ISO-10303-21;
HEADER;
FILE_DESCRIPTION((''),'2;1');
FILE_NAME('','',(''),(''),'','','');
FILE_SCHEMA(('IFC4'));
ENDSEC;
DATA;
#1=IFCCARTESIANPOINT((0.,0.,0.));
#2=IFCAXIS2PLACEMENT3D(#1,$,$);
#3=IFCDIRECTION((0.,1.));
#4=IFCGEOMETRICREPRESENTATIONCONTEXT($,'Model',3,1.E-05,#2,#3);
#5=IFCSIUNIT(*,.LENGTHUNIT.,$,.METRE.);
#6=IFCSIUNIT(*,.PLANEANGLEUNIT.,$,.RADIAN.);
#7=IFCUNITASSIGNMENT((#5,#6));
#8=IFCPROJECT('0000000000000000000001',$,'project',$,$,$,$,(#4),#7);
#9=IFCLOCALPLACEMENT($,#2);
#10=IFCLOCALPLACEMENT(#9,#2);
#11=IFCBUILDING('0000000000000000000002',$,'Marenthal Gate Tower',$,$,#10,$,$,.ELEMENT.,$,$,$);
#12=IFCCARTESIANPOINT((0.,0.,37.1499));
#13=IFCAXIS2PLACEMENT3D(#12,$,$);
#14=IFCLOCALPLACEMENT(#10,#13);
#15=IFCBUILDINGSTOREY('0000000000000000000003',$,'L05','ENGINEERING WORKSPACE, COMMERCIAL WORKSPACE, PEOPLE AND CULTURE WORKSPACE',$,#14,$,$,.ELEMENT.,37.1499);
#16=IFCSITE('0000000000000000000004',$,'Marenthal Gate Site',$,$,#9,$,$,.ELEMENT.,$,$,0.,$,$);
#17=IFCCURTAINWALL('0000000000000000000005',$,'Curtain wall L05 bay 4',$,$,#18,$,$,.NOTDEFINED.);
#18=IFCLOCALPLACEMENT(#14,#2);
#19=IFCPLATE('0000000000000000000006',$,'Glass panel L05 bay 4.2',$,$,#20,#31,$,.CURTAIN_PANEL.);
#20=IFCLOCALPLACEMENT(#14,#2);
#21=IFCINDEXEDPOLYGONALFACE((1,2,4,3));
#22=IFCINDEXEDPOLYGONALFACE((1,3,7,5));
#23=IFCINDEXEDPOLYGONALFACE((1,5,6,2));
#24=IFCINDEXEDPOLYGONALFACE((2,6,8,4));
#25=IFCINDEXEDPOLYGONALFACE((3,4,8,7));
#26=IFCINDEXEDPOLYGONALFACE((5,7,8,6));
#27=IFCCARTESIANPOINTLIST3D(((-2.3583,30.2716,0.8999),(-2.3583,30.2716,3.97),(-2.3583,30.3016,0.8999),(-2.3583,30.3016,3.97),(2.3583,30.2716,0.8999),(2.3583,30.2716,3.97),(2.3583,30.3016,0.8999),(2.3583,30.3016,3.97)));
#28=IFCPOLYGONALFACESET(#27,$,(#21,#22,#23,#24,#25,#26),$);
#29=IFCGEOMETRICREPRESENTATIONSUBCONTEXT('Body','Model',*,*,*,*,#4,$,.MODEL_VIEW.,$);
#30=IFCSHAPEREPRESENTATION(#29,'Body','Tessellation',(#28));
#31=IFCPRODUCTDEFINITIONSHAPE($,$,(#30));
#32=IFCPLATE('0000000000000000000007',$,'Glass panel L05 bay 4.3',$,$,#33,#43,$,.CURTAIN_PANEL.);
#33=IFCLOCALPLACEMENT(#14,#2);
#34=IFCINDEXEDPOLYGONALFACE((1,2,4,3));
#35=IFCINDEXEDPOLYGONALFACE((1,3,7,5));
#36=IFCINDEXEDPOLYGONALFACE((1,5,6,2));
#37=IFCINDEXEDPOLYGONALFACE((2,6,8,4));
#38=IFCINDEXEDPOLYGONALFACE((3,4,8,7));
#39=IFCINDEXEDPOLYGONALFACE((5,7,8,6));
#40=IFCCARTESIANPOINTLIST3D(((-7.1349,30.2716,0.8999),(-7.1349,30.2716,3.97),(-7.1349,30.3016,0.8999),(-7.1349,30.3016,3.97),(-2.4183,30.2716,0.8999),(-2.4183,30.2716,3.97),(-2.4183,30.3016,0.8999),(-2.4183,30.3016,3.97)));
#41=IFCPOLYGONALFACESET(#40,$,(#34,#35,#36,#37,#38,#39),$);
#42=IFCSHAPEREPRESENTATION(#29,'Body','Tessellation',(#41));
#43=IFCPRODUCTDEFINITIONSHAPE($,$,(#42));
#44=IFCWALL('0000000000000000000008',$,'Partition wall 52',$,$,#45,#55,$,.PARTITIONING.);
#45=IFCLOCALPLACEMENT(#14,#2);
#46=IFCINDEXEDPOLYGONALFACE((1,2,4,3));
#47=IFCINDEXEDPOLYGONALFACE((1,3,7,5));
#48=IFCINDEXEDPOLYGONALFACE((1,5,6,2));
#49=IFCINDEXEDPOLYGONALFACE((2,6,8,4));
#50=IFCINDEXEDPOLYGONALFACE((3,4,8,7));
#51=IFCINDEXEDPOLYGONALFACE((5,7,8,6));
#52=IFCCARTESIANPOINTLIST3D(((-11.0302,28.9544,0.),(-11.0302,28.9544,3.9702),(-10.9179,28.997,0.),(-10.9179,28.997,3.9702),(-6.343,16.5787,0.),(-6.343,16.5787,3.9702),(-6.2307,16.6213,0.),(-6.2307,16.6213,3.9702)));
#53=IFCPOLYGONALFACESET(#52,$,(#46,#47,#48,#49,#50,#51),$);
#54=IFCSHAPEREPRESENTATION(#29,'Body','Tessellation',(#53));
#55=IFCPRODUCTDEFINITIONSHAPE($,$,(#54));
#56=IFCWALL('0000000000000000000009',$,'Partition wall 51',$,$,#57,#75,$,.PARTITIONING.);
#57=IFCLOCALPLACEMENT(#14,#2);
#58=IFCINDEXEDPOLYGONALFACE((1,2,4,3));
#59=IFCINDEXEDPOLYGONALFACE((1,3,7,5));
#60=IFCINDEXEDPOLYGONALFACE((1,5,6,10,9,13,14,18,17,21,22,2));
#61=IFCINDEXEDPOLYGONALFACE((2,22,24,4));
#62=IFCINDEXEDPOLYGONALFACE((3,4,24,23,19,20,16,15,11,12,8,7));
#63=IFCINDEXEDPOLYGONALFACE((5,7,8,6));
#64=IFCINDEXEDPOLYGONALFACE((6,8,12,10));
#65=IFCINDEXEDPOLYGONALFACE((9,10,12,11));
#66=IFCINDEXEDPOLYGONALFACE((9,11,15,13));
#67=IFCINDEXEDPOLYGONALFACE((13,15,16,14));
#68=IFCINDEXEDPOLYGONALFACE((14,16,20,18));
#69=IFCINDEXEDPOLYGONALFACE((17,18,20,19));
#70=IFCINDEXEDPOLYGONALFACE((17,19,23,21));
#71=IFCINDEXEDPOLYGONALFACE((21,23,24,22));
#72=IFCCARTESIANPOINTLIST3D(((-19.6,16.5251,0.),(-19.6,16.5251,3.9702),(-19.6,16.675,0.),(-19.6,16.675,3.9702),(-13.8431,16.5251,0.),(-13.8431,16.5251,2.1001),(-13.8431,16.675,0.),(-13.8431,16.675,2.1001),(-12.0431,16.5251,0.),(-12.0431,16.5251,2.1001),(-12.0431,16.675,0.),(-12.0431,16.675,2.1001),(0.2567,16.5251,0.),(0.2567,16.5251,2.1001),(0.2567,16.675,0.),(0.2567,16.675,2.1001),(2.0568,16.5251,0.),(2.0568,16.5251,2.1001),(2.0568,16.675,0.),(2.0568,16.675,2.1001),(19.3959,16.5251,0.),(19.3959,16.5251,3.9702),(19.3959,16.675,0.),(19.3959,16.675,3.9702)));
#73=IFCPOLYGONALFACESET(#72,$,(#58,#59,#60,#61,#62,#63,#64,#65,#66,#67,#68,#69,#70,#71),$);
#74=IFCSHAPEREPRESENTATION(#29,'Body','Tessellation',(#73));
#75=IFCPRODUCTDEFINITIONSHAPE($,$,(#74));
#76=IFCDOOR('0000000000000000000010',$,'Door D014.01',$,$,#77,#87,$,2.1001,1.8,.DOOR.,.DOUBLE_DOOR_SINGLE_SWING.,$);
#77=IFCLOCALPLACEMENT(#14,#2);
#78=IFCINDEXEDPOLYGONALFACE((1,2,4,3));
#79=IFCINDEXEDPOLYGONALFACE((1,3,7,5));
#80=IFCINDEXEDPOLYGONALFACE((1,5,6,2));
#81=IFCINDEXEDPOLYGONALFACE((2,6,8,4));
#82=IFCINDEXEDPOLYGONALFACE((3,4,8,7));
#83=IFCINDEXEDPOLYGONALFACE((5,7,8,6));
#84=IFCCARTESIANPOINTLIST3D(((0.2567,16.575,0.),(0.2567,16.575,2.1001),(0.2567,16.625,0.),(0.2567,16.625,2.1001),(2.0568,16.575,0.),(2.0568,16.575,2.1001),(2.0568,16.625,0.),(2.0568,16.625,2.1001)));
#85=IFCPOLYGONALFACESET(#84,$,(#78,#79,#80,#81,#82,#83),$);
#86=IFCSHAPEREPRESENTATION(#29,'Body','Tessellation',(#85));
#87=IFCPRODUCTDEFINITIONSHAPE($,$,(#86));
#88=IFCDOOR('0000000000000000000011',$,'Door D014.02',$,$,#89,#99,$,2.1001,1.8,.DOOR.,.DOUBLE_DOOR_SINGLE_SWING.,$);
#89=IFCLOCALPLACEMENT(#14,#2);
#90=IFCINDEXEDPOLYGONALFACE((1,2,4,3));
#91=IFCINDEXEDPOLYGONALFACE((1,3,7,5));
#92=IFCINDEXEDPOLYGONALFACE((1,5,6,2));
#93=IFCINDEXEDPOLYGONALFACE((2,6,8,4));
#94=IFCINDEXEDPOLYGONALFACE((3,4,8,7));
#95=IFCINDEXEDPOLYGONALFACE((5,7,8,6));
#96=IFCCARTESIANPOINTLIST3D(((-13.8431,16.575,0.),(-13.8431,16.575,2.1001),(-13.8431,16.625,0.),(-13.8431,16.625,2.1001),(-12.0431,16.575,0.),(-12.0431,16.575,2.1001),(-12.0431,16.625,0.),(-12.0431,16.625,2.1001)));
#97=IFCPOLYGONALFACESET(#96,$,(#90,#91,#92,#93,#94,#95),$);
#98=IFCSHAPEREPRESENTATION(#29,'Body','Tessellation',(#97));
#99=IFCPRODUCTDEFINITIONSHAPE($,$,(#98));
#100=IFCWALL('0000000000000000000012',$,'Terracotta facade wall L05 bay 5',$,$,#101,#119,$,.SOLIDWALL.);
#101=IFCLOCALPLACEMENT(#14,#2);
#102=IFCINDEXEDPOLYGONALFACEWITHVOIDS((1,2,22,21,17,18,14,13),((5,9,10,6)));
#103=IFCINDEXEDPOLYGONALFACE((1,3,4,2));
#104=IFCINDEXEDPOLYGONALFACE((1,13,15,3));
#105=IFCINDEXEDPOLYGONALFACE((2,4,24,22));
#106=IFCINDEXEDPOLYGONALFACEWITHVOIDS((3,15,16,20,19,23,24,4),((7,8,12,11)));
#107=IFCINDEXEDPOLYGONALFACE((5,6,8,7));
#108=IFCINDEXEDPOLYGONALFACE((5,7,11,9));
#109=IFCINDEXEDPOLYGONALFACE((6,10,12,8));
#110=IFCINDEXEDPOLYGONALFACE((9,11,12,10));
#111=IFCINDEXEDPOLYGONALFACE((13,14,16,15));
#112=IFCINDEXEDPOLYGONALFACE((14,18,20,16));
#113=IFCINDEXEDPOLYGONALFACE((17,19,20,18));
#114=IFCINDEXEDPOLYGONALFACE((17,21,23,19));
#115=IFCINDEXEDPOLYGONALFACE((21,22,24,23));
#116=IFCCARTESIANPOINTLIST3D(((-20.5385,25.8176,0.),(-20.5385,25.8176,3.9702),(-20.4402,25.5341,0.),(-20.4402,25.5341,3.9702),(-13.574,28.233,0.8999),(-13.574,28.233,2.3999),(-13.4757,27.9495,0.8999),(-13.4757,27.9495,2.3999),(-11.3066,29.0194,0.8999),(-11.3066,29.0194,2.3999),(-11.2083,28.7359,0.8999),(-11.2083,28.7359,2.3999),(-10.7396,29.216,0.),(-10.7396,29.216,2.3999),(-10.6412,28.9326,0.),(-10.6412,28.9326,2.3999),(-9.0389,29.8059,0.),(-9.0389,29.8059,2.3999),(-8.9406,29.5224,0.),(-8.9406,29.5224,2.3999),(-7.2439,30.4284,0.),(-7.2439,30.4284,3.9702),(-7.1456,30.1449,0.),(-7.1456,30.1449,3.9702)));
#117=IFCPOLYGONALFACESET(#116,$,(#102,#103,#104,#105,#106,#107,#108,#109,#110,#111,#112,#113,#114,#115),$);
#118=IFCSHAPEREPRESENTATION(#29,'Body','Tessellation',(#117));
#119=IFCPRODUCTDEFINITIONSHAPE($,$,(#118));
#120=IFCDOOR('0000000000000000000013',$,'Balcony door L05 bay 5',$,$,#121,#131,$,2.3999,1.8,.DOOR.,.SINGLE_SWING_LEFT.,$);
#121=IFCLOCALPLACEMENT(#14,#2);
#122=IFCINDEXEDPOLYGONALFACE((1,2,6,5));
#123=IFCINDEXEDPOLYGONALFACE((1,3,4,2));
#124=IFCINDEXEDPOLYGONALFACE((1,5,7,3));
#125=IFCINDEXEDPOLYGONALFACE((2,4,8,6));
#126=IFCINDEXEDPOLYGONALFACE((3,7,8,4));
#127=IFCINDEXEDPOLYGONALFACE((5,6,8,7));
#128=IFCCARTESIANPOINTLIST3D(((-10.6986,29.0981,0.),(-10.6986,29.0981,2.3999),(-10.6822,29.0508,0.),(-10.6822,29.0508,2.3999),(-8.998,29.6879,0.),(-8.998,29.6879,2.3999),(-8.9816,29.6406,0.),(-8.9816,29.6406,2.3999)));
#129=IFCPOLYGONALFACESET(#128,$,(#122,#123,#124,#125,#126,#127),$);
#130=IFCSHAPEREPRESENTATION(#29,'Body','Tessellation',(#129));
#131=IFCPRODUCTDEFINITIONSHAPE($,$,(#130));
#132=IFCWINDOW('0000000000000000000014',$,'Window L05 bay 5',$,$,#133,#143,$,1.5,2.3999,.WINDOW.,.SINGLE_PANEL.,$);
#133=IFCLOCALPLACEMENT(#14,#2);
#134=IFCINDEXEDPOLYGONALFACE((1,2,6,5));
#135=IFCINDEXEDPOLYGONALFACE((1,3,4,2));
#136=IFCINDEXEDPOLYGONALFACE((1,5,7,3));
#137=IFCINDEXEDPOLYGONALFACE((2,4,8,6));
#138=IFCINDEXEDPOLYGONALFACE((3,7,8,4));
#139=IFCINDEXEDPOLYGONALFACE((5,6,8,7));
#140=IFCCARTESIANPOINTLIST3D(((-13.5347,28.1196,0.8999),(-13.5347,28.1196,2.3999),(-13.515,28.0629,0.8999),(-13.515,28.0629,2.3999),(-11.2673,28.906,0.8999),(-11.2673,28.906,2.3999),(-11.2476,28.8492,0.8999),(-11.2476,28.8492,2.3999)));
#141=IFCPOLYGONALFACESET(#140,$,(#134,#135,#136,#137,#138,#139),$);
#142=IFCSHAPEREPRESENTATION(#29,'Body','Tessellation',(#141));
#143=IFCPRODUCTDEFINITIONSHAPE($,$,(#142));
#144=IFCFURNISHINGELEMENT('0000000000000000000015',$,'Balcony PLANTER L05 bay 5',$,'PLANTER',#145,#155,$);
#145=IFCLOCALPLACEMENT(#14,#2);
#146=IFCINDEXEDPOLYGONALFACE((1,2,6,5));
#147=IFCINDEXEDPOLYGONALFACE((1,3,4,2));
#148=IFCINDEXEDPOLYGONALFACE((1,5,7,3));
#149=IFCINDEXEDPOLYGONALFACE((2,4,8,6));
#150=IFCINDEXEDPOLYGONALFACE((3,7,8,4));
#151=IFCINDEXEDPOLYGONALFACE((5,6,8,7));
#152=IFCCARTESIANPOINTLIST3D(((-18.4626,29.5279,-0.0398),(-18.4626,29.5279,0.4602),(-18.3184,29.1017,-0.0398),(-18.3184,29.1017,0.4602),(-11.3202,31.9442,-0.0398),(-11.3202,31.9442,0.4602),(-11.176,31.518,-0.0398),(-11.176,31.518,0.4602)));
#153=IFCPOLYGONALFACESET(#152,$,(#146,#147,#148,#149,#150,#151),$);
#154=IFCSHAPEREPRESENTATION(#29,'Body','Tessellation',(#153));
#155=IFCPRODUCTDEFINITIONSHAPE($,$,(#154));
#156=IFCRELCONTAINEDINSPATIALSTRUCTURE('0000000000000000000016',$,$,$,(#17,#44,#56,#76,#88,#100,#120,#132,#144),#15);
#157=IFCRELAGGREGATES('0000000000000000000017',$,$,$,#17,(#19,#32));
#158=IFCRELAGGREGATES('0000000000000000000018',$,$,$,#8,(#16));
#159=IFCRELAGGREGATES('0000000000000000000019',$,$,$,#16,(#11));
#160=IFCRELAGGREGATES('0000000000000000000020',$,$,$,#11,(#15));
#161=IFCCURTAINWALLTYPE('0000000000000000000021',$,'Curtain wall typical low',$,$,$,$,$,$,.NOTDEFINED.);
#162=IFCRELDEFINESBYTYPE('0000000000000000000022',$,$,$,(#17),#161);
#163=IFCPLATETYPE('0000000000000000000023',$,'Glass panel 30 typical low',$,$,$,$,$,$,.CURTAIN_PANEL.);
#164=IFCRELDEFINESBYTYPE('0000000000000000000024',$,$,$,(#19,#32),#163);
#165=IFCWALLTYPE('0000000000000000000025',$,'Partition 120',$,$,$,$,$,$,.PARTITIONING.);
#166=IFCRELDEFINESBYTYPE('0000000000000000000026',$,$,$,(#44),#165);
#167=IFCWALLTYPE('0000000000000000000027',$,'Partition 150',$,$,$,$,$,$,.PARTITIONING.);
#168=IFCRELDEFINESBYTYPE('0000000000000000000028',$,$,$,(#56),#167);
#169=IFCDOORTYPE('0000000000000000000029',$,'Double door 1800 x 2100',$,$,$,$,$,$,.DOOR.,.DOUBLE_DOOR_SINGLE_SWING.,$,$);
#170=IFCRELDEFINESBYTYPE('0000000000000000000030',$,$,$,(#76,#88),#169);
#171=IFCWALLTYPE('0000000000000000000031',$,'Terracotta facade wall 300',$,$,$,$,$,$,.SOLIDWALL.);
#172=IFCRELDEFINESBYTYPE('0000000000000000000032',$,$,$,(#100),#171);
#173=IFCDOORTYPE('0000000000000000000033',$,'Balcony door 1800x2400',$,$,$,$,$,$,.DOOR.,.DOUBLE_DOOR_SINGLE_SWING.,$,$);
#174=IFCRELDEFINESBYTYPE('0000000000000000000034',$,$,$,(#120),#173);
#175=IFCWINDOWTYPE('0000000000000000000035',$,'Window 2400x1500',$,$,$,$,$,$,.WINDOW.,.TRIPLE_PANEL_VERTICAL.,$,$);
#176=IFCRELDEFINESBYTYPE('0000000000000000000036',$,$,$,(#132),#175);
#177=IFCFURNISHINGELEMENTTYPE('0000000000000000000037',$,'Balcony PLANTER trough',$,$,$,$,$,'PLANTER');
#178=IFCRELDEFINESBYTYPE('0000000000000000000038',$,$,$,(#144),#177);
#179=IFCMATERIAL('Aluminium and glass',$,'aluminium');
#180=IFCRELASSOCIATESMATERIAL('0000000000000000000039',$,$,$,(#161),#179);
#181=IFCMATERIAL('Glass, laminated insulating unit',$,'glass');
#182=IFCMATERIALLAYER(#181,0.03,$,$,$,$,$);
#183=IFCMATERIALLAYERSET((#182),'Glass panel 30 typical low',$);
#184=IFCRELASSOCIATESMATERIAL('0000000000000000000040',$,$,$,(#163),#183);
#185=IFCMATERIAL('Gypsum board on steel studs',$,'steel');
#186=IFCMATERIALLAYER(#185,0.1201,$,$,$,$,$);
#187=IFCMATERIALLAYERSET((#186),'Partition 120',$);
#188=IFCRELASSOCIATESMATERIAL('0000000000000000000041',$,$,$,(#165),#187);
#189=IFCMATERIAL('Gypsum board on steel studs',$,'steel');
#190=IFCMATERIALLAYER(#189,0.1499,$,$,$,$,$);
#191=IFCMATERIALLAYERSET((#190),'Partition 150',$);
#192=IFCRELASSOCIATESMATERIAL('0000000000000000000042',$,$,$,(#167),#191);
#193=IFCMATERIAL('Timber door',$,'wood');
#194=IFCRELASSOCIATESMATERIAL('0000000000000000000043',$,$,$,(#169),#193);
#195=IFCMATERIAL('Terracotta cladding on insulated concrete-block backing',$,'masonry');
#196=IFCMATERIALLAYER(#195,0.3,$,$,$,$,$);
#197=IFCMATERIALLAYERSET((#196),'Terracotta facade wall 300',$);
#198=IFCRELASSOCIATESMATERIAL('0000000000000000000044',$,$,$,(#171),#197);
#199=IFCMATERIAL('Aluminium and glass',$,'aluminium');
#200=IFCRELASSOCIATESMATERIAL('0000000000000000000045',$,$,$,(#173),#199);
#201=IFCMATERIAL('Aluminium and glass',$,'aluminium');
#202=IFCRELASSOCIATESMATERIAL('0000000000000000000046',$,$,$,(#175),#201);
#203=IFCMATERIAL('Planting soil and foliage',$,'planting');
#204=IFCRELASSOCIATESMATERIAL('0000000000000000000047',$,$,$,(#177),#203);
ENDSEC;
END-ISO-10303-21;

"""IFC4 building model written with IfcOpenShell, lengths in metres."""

from ifc_helpers import new_model, si_unit, direction, frame, frame_2d, origin, origin_2d, place, context, subcontext, project, spatial, rectangle, extrude, material, layer, layer_set, type_object, element, fill, aggregate, save


model = new_model("IFC4")

# Units and contexts
model_context = context("Model", 3, precision=1e-05, world=origin(), true_north=direction((0.0, 1.0)))
body_context = subcontext(model_context, "Body", "Model", "MODEL_VIEW")
ifc_project = project(units=[si_unit("LENGTHUNIT", "METRE"), si_unit("PLANEANGLEUNIT", "RADIAN")], contexts=[model_context])

# Site, building, storey
site_placement = place(None, origin())
site = spatial("IfcSite", under=ifc_project, at=site_placement, Name="Marenthal Gate Site", CompositionType="ELEMENT", RefElevation=0.0)
building_placement = place(site_placement, origin())
building = spatial("IfcBuilding", under=site, at=building_placement, Name="Marenthal Gate Tower", CompositionType="ELEMENT")
storey_placement = place(building_placement, frame((0.0, 0.0, 37.1499)))
storey = spatial("IfcBuildingStorey", under=building, at=storey_placement, Name="L05", Description="ENGINEERING WORKSPACE, COMMERCIAL WORKSPACE, PEOPLE AND CULTURE WORKSPACE", CompositionType="ELEMENT", Elevation=37.1499)

# Curtain wall
ifc_material_1 = material(Name="Aluminium and glass", Category="aluminium")
curtain_wall_type = type_object("IfcCurtainWallType", Name="Curtain wall typical low", PredefinedType="NOTDEFINED", material=ifc_material_1)
curtain_wall_placement = place(storey_placement, origin())
curtain_wall = element("IfcCurtainWall", 1, at=curtain_wall_placement, inside=storey, type_object=curtain_wall_type, Name="Curtain wall L05 bay 4", PredefinedType="NOTDEFINED")

# Plates
ifc_material_2 = material(Name="Glass, laminated insulating unit", Category="glass")
ifc_layer_1 = layer(ifc_material_2, 0.03)
ifc_layer_set_1 = layer_set([ifc_layer_1], Name="Glass panel 30 typical low")
plate_type = type_object("IfcPlateType", Name="Glass panel 30 typical low", PredefinedType="CURTAIN_PANEL", material=ifc_layer_set_1)
plate_1_placement = place(storey_placement, frame((0.0, 30.2866, 0.8999), z_axis=(0.0, 0.0, 1.0), x_axis=(-1.0, 0.0, 0.0)))
plate_1 = element("IfcPlate", 2, at=plate_1_placement, type_object=plate_type, Name="Glass panel L05 bay 4.2", PredefinedType="CURTAIN_PANEL", context=body_context, shape_type="SweptSolid", body=[
    extrude(rectangle(XDim=4.7166, YDim=0.03, at=origin_2d()), origin(), (0.0, 0.0, 1.0), 3.0701),
])
plate_2_placement = place(storey_placement, frame((-4.7766, 30.2866, 0.8999), z_axis=(0.0, 0.0, 1.0), x_axis=(-1.0, 0.0, 0.0)))
plate_2 = element("IfcPlate", 3, at=plate_2_placement, type_object=plate_type, Name="Glass panel L05 bay 4.3", PredefinedType="CURTAIN_PANEL", context=body_context, shape_type="SweptSolid", body=[
    extrude(rectangle(XDim=4.7166, YDim=0.03, at=origin_2d()), origin(), (0.0, 0.0, 1.0), 3.0701),
])
aggregate(curtain_wall, [plate_1, plate_2])

# Wall
ifc_material_3 = material(Name="Gypsum board on steel studs", Category="steel")
ifc_layer_2 = layer(ifc_material_3, 0.1201)
ifc_layer_set_2 = layer_set([ifc_layer_2], Name="Partition 120")
wall_type_1 = type_object("IfcWallType", Name="Partition 120", PredefinedType="PARTITIONING", material=ifc_layer_set_2)
wall_1_placement = place(storey_placement, frame((-6.2869, 16.6001, 0.0), z_axis=(0.0, 0.0, 1.0), x_axis=(-0.354193, 0.935173, 0.0)))
element("IfcWall", 4, at=wall_1_placement, inside=storey, type_object=wall_type_1, Name="Partition wall 52", PredefinedType="PARTITIONING", context=body_context, shape_type="SweptSolid", body=[
    extrude(rectangle(XDim=13.2336, YDim=0.1201, at=frame_2d((6.6167, 0.0))), origin(), (0.0, 0.0, 1.0), 3.9702),
])

# Wall, openings, doors
ifc_material_4 = material(Name="Gypsum board on steel studs", Category="steel")
ifc_layer_3 = layer(ifc_material_4, 0.1499)
ifc_layer_set_3 = layer_set([ifc_layer_3], Name="Partition 150")
wall_type_2 = type_object("IfcWallType", Name="Partition 150", PredefinedType="PARTITIONING", material=ifc_layer_set_3)
wall_2_placement = place(storey_placement, frame((-19.6001, 16.6001, 0.0), z_axis=(0.0, 0.0, 1.0), x_axis=(1.0, 0.0, 0.0)))
wall_2 = element("IfcWall", 5, at=wall_2_placement, inside=storey, type_object=wall_type_2, Name="Partition wall 51", PredefinedType="PARTITIONING", context=body_context, shape_type="SweptSolid", body=[
    extrude(rectangle(XDim=38.9958, YDim=0.1499, at=frame_2d((19.498, 0.0))), origin(), (0.0, 0.0, 1.0), 3.9702),
])
opening_1_placement = place(wall_2_placement, frame((19.8569, 0.0, 0.0)))
opening_1 = element("IfcOpeningElement", 6, at=opening_1_placement, cuts=wall_2, PredefinedType="OPENING", context=body_context, shape_type="SweptSolid", body=[
    extrude(rectangle(XDim=1.8, YDim=2.1001, at=frame_2d((0.8999, 1.05))), frame((0.0, 0.085, 0.0), z_axis=(0.0, -1.0, 0.0), x_axis=(1.0, 0.0, 0.0)), (0.0, 0.0, 1.0), 0.1699),
])
opening_2_placement = place(wall_2_placement, frame((5.7571, 0.0, 0.0)))
opening_2 = element("IfcOpeningElement", 7, at=opening_2_placement, cuts=wall_2, PredefinedType="OPENING", context=body_context, shape_type="SweptSolid", body=[
    extrude(rectangle(XDim=1.8, YDim=2.1001, at=frame_2d((0.8999, 1.05))), frame((0.0, 0.085, 0.0), z_axis=(0.0, -1.0, 0.0), x_axis=(1.0, 0.0, 0.0)), (0.0, 0.0, 1.0), 0.1699),
])
ifc_material_5 = material(Name="Timber door", Category="wood")
door_type_1 = type_object("IfcDoorType", Name="Double door 1800 x 2100", OperationType="DOUBLE_DOOR_SINGLE_SWING", PredefinedType="DOOR", material=ifc_material_5)
door_1_placement = place(opening_1_placement, origin())
door_1 = element("IfcDoor", 8, at=door_1_placement, inside=storey, type_object=door_type_1, Name="Door D014.01", OperationType="DOUBLE_DOOR_SINGLE_SWING", OverallHeight=2.1001, OverallWidth=1.8, PredefinedType="DOOR", context=body_context, shape_type="SweptSolid", body=[
    extrude(rectangle(XDim=1.8, YDim=2.1001, at=frame_2d((0.8999, 1.05))), frame((0.0, 0.0249, 0.0), z_axis=(0.0, -1.0, 0.0), x_axis=(1.0, 0.0, 0.0)), (0.0, 0.0, 1.0), 0.05),
])
fill(opening_1, door_1)
door_2_placement = place(opening_2_placement, origin())
door_2 = element("IfcDoor", 9, at=door_2_placement, inside=storey, type_object=door_type_1, Name="Door D014.02", OperationType="DOUBLE_DOOR_SINGLE_SWING", OverallHeight=2.1001, OverallWidth=1.8, PredefinedType="DOOR", context=body_context, shape_type="SweptSolid", body=[
    extrude(rectangle(XDim=1.8, YDim=2.1001, at=frame_2d((0.8999, 1.05))), frame((0.0, 0.0249, 0.0), z_axis=(0.0, -1.0, 0.0), x_axis=(1.0, 0.0, 0.0)), (0.0, 0.0, 1.0), 0.05),
])
fill(opening_2, door_2)

# Wall, openings, door, window
ifc_material_6 = material(Name="Terracotta cladding on insulated concrete-block backing", Category="masonry")
ifc_layer_4 = layer(ifc_material_6, 0.3)
ifc_layer_set_4 = layer_set([ifc_layer_4], Name="Terracotta facade wall 300")
wall_type_3 = type_object("IfcWallType", Name="Terracotta facade wall 300", PredefinedType="SOLIDWALL", material=ifc_layer_set_4)
wall_3_placement = place(storey_placement, frame((-7.1948, 30.2866, 0.0), z_axis=(0.0, 0.0, 1.0), x_axis=(-0.944792, -0.327671, 0.0)))
wall_3 = element("IfcWall", 10, at=wall_3_placement, inside=storey, type_object=wall_type_3, Name="Terracotta facade wall L05 bay 5", PredefinedType="SOLIDWALL", context=body_context, shape_type="SweptSolid", body=[
    extrude(rectangle(XDim=14.0715, YDim=0.3, at=frame_2d((7.0356, 0.0))), origin(), (0.0, 0.0, 1.0), 3.9702),
])
opening_3_placement = place(wall_3_placement, frame((1.8999, 0.0, 0.0)))
opening_3 = element("IfcOpeningElement", 11, at=opening_3_placement, cuts=wall_3, PredefinedType="OPENING", context=body_context, shape_type="SweptSolid", body=[
    extrude(rectangle(XDim=1.8, YDim=2.3999, at=frame_2d((0.8999, 1.2))), frame((0.0, 0.1602, 0.0), z_axis=(0.0, -1.0, 0.0), x_axis=(1.0, 0.0, 0.0)), (0.0, 0.0, 1.0), 0.3201),
])
opening_4_placement = place(wall_3_placement, frame((4.3, 0.0, 0.8999)))
opening_4 = element("IfcOpeningElement", 12, at=opening_4_placement, cuts=wall_3, PredefinedType="OPENING", context=body_context, shape_type="SweptSolid", body=[
    extrude(rectangle(XDim=2.3999, YDim=1.5, at=frame_2d((1.2, 0.75))), frame((0.0, 0.1602, 0.0), z_axis=(0.0, -1.0, 0.0), x_axis=(1.0, 0.0, 0.0)), (0.0, 0.0, 1.0), 0.3201),
])
ifc_material_7 = material(Name="Aluminium and glass", Category="aluminium")
door_type_2 = type_object("IfcDoorType", Name="Balcony door 1800x2400", OperationType="DOUBLE_DOOR_SINGLE_SWING", PredefinedType="DOOR", material=ifc_material_7)
door_3_placement = place(opening_3_placement, origin())
door_3 = element("IfcDoor", 13, at=door_3_placement, inside=storey, type_object=door_type_2, Name="Balcony door L05 bay 5", OperationType="SINGLE_SWING_LEFT", OverallHeight=2.3999, OverallWidth=1.8, PredefinedType="DOOR", context=body_context, shape_type="SweptSolid", body=[
    extrude(rectangle(XDim=1.8, YDim=2.3999, at=frame_2d((0.8999, 1.2))), frame((0.0, 0.0249, 0.0), z_axis=(0.0, -1.0, 0.0), x_axis=(1.0, 0.0, 0.0)), (0.0, 0.0, 1.0), 0.05),
])
fill(opening_3, door_3)
ifc_material_8 = material(Name="Aluminium and glass", Category="aluminium")
window_type = type_object("IfcWindowType", Name="Window 2400x1500", PartitioningType="TRIPLE_PANEL_VERTICAL", PredefinedType="WINDOW", material=ifc_material_8)
window_placement = place(opening_4_placement, origin())
window = element("IfcWindow", 14, at=window_placement, inside=storey, type_object=window_type, Name="Window L05 bay 5", OverallHeight=1.5, OverallWidth=2.3999, PartitioningType="SINGLE_PANEL", PredefinedType="WINDOW", context=body_context, shape_type="SweptSolid", body=[
    extrude(rectangle(XDim=2.3999, YDim=1.5, at=frame_2d((1.2, 0.75))), frame((0.0, 0.03, 0.0), z_axis=(0.0, -1.0, 0.0), x_axis=(1.0, 0.0, 0.0)), (0.0, 0.0, 1.0), 0.0601),
])
fill(opening_4, window)

# Furnishing element
ifc_material_9 = material(Name="Planting soil and foliage", Category="planting")
furnishing_element_type = type_object("IfcFurnishingElementType", Name="Balcony PLANTER trough", ElementType="PLANTER", material=ifc_material_9)
furnishing_placement = place(storey_placement, frame((-14.8193, 30.5229, -0.0398), z_axis=(0.0, 0.0, 1.0), x_axis=(-0.947263, -0.320458, 0.0)))
element("IfcFurnishingElement", 15, at=furnishing_placement, inside=storey, type_object=furnishing_element_type, Name="Balcony PLANTER L05 bay 5", ObjectType="PLANTER", context=body_context, shape_type="SweptSolid", body=[
    extrude(rectangle(XDim=7.54, YDim=0.45, at=origin_2d()), origin(), (0.0, 0.0, 1.0), 0.5),
])

save(model, "model.ifc")
